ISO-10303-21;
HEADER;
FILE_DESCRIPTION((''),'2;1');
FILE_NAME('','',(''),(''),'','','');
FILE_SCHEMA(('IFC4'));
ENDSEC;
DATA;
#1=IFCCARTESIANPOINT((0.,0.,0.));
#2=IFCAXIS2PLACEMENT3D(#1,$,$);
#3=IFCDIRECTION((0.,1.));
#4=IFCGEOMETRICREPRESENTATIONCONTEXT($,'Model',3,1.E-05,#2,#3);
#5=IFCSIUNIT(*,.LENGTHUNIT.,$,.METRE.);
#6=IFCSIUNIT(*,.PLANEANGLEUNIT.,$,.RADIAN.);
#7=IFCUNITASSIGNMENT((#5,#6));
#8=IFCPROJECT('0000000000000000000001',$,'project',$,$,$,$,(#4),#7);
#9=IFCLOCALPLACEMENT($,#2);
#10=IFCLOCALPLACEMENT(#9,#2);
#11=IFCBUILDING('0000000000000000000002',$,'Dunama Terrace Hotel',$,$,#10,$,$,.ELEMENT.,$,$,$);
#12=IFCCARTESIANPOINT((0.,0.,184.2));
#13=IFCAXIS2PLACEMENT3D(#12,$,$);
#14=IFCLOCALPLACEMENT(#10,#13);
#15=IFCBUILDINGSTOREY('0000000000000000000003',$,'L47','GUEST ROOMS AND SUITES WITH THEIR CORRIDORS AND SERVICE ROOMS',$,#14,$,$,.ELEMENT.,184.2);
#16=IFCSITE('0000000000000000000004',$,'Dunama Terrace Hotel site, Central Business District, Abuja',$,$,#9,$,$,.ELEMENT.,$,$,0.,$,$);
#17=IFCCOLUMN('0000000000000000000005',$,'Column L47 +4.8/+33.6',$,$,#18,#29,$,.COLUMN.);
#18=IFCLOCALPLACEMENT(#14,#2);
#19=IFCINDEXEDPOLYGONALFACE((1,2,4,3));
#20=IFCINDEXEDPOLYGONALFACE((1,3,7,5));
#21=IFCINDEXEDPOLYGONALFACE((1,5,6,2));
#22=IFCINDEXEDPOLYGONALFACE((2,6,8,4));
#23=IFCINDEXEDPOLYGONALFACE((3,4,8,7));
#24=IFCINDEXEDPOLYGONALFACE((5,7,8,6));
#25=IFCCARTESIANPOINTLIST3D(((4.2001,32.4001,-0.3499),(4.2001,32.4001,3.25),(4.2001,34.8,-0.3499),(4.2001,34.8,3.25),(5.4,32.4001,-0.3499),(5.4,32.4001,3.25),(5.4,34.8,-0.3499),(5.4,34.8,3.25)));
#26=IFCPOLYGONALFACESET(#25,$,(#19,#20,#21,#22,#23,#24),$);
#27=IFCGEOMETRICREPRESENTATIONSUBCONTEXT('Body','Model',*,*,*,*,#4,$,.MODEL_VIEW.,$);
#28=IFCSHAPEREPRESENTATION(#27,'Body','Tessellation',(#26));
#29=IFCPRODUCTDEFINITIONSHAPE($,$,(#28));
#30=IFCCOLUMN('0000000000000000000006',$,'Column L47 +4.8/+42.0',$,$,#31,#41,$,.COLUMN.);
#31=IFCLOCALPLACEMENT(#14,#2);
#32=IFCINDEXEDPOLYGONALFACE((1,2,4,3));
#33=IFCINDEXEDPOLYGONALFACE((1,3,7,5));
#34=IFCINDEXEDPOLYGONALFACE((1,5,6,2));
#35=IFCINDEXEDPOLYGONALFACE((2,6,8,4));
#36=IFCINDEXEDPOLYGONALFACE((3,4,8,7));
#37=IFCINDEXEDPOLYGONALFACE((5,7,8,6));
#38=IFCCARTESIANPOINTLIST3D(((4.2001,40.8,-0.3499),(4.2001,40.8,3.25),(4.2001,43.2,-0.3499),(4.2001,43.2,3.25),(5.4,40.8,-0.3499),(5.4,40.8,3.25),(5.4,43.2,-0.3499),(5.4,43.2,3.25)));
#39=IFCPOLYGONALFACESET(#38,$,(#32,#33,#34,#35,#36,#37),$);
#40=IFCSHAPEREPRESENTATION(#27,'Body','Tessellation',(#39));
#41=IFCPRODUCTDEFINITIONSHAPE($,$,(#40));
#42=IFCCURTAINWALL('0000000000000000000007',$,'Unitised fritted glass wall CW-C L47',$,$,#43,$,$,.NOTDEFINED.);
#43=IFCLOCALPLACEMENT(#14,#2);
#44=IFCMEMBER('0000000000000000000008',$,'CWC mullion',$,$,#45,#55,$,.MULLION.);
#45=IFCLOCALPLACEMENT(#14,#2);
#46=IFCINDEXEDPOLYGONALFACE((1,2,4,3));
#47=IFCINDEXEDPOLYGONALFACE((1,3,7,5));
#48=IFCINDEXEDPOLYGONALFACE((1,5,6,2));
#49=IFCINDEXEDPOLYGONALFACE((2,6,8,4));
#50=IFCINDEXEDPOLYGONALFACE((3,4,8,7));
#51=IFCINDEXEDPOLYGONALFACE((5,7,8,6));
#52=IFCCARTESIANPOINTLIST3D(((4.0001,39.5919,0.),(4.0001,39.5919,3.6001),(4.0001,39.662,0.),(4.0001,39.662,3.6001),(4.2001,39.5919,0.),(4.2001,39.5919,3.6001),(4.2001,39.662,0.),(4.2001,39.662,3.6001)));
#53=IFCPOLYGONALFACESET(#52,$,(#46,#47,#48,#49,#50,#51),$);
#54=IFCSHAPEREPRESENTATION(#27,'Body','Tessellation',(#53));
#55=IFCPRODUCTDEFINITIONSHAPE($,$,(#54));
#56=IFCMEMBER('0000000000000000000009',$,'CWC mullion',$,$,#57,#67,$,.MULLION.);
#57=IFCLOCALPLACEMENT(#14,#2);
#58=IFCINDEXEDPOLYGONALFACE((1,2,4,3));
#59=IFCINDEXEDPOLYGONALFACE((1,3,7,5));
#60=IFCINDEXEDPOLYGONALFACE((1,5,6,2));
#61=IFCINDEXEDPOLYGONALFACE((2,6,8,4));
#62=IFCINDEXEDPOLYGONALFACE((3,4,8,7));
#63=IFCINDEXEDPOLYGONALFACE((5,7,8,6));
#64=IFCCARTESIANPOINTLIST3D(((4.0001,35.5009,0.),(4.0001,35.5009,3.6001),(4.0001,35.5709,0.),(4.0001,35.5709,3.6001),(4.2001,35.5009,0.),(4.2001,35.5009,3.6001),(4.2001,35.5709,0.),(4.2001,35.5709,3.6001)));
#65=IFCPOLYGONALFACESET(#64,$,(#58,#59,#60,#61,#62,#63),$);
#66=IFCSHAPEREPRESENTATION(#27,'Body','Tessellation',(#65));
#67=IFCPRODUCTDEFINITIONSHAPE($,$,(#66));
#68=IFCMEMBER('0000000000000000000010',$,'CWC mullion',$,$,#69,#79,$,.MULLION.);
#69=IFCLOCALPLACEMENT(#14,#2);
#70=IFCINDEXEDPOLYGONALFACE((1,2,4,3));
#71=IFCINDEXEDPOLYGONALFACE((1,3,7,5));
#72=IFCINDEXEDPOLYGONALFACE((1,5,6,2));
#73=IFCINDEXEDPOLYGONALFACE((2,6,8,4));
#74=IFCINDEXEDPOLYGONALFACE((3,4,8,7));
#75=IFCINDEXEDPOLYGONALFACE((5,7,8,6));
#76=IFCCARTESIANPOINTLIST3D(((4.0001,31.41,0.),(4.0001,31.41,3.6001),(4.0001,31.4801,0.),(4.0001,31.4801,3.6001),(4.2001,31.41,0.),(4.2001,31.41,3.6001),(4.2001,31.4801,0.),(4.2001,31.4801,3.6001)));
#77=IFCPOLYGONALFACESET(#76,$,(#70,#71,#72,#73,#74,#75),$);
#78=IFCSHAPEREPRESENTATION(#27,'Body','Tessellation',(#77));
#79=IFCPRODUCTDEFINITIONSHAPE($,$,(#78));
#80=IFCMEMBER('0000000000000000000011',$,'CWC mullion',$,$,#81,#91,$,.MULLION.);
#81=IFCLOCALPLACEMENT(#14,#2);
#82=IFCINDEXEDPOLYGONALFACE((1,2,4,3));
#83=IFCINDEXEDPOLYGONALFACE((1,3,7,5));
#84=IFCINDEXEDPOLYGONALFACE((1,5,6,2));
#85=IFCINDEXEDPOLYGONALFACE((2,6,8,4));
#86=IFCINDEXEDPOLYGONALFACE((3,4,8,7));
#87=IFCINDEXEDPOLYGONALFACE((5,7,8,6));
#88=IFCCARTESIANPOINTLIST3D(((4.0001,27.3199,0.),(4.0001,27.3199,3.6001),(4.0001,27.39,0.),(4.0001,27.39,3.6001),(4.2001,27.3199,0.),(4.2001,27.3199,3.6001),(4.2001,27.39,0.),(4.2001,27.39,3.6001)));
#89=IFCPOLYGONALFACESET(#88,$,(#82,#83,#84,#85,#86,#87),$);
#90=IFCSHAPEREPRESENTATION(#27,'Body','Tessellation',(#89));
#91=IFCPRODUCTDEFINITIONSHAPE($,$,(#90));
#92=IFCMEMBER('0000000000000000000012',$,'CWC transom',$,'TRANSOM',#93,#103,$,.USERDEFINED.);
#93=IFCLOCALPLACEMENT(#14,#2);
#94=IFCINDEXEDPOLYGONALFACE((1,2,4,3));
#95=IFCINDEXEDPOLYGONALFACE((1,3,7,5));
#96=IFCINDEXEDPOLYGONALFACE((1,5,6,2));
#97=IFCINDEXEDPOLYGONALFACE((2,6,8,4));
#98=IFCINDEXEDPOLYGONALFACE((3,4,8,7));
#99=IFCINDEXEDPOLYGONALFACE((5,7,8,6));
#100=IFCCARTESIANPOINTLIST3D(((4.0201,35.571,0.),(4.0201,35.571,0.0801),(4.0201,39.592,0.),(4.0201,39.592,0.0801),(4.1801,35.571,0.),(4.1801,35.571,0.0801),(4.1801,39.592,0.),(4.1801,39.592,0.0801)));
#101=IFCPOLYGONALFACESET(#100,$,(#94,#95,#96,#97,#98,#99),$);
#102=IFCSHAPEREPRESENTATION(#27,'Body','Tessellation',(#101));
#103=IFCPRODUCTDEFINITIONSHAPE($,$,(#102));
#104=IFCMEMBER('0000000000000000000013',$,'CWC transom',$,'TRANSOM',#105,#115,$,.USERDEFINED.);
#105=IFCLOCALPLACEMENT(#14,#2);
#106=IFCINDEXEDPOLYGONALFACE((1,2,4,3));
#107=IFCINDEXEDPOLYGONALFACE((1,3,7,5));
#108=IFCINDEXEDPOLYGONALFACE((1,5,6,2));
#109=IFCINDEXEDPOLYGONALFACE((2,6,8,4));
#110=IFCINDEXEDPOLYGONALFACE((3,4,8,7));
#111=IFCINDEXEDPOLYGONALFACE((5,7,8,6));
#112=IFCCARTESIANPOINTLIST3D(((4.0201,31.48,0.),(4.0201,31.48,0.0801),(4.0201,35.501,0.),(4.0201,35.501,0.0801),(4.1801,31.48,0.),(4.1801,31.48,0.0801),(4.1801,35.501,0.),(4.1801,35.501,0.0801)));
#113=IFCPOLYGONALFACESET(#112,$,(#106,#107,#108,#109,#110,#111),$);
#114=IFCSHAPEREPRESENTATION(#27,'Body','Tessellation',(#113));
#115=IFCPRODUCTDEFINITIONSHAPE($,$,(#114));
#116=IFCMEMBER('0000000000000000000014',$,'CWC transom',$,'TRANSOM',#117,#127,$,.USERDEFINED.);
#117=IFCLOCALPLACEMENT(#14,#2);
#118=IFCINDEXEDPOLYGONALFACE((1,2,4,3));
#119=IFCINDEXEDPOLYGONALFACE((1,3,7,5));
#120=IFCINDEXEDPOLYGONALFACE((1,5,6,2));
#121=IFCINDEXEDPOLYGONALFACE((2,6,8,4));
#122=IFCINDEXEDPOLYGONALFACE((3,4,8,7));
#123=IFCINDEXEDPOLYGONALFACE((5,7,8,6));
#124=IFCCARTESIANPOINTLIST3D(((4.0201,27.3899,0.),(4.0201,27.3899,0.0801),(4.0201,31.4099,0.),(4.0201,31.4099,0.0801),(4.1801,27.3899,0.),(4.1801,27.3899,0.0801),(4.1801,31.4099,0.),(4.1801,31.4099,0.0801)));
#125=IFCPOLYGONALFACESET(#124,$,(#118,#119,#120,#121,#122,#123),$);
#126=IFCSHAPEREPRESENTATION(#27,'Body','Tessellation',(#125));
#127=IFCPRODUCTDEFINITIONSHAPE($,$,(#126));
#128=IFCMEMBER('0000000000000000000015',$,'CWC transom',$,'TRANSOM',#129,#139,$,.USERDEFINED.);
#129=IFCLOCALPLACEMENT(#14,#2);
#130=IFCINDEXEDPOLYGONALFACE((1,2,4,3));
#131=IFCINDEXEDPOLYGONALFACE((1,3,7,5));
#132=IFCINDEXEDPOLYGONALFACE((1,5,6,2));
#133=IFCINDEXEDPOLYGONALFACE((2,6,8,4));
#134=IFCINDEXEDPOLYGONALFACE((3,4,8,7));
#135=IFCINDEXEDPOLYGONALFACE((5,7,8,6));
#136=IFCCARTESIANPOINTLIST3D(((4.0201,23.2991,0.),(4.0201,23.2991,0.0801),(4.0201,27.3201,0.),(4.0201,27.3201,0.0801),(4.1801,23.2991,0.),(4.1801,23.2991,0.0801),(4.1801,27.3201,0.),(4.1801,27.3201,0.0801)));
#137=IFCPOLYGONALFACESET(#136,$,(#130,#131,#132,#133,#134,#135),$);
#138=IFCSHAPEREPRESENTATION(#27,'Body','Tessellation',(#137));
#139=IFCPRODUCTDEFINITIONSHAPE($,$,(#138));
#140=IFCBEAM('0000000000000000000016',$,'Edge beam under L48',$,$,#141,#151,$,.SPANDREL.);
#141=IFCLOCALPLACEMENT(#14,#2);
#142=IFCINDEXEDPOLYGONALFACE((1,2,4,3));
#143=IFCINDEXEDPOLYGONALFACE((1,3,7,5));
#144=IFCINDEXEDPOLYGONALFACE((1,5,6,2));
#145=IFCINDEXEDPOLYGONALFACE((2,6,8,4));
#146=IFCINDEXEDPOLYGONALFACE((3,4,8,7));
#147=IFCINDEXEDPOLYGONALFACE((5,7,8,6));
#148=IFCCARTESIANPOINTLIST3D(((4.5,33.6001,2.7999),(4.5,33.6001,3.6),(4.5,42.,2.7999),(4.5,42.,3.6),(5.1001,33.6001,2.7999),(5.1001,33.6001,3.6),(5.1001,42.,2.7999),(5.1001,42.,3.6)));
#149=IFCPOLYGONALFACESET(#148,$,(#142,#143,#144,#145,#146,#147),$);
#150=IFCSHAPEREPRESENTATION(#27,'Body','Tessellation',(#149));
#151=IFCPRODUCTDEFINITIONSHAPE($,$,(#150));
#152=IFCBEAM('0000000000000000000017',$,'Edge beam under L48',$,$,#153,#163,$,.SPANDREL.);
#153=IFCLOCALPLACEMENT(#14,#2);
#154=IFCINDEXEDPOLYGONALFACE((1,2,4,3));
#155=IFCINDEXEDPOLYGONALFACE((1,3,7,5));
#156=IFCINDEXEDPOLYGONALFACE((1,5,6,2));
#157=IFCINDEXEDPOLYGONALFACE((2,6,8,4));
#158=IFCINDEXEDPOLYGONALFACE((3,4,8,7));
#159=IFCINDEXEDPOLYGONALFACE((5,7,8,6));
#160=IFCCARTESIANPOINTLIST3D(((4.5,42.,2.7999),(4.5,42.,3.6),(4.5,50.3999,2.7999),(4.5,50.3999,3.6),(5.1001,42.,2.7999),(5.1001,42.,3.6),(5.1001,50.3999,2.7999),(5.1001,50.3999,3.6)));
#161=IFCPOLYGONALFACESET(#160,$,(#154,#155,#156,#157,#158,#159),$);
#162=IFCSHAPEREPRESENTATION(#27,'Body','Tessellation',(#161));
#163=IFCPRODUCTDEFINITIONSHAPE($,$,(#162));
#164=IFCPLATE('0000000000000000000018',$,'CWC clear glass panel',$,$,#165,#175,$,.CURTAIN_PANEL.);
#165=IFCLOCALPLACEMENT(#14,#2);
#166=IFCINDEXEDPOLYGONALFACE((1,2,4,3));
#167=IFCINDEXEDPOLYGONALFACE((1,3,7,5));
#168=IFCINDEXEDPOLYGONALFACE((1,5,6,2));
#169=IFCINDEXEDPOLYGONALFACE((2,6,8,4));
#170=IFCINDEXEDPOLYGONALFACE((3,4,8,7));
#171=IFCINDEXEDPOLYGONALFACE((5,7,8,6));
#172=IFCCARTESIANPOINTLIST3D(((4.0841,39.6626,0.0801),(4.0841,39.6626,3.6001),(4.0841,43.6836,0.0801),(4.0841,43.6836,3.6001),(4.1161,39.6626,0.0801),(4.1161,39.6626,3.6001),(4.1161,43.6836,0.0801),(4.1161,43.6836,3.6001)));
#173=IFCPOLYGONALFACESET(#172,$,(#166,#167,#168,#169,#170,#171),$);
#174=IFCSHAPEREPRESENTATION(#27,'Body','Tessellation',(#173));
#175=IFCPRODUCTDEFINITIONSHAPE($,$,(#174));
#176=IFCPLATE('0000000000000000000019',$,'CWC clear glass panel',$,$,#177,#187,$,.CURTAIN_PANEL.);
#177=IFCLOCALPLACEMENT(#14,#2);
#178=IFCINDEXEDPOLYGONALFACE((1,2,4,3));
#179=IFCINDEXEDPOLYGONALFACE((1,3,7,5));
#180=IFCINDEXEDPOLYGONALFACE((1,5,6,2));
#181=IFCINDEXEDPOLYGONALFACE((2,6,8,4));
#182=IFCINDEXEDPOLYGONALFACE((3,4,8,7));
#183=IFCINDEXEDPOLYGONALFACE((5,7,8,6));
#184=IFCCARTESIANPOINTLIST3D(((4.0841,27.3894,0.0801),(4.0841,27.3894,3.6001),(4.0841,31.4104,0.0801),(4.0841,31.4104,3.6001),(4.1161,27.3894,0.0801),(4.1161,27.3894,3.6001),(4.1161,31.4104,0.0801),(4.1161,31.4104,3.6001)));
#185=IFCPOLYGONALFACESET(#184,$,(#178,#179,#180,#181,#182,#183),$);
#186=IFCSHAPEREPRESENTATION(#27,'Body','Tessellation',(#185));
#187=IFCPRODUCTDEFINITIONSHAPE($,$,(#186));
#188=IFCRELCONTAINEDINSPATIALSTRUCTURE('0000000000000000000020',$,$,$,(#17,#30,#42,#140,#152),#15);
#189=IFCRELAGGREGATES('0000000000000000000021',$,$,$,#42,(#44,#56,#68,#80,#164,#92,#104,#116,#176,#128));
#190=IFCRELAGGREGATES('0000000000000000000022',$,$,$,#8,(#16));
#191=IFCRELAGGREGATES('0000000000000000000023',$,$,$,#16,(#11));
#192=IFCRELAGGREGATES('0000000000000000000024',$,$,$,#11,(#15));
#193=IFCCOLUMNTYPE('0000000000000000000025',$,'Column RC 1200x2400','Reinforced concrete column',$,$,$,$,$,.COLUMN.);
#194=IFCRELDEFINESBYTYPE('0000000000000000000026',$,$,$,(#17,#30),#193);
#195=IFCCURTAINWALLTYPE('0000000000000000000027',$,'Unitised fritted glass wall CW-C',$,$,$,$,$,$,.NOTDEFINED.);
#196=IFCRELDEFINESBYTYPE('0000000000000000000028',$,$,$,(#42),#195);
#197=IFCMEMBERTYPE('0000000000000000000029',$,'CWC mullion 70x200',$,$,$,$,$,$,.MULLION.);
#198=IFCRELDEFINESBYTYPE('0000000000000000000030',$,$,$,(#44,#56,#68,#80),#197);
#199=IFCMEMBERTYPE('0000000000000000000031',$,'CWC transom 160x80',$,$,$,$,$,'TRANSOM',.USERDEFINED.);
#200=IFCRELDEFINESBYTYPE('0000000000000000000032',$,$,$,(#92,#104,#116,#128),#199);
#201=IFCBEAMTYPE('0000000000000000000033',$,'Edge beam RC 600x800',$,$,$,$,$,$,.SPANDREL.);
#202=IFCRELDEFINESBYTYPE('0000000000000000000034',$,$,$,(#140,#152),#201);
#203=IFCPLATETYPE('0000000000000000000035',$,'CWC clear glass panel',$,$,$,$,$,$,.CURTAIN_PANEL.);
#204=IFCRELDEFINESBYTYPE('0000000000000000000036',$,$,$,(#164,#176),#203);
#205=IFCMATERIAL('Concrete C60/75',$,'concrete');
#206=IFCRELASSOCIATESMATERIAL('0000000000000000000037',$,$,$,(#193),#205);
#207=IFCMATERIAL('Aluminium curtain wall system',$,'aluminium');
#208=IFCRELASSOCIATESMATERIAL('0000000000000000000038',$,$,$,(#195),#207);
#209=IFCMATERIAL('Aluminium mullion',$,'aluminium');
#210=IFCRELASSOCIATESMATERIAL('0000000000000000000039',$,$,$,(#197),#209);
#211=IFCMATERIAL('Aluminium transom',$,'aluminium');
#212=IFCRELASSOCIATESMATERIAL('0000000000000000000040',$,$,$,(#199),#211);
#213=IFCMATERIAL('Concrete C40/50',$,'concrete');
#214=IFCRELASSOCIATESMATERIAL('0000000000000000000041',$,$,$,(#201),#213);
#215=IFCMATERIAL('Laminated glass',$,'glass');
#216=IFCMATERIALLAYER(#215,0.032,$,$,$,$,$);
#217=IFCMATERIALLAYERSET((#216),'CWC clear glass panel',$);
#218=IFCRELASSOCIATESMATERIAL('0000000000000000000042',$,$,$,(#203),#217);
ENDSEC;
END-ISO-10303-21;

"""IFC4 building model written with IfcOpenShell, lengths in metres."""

from ifc_helpers import new_model, si_unit, direction, frame, origin, origin_2d, place, context, subcontext, project, spatial, rectangle, extrude, material, layer, layer_set, material_profile, profile_set, type_object, element, aggregate, save


model = new_model("IFC4")

# Units and contexts
model_context = context("Model", 3, precision=1e-05, world=origin(), true_north=direction((0.0, 1.0)))
body_context = subcontext(model_context, "Body", "Model", "MODEL_VIEW")
ifc_project = project(units=[si_unit("LENGTHUNIT", "METRE"), si_unit("PLANEANGLEUNIT", "RADIAN")], contexts=[model_context])

# Site, building, storey
site_placement = place(None, origin())
site = spatial("IfcSite", under=ifc_project, at=site_placement, Name="Dunama Terrace Hotel site, Central Business District, Abuja", CompositionType="ELEMENT", RefElevation=0.0)
building_placement = place(site_placement, origin())
building = spatial("IfcBuilding", under=site, at=building_placement, Name="Dunama Terrace Hotel", CompositionType="ELEMENT")
storey_placement = place(building_placement, frame((0.0, 0.0, 184.2)))
storey = spatial("IfcBuildingStorey", under=building, at=storey_placement, Name="L47", Description="GUEST ROOMS AND SUITES WITH THEIR CORRIDORS AND SERVICE ROOMS", CompositionType="ELEMENT", Elevation=184.2)

# Columns
ifc_material_1 = material(Name="Concrete C60/75", Category="concrete")
ifc_material_profile_1 = material_profile(ifc_material_1, rectangle(XDim=1.2, YDim=2.3999, at=origin_2d()), Name="RC 1200x2400")
ifc_profile_set_1 = profile_set([ifc_material_profile_1], Name="Concrete C60/75")
column_type = type_object("IfcColumnType", Name="Column RC 1200x2400", Description="Reinforced concrete column", PredefinedType="COLUMN", material=ifc_profile_set_1)
for number, where, z_axis, x_axis, name in (
    (1, (4.8, 33.6001, -0.3499), (0.0, 0.0, 1.0), (1.0, 0.0, 0.0), "Column L47 +4.8/+33.6"),
    (2, (4.8, 42.0, -0.3499), (0.0, 0.0, 1.0), (1.0, 0.0, 0.0), "Column L47 +4.8/+42.0"),
):
    element("IfcColumn", number, at=place(storey_placement, frame(where, z_axis=z_axis, x_axis=x_axis)), inside=storey, type_object=column_type, Name=name, PredefinedType="COLUMN", context=body_context, shape_type="SweptSolid", body=[
        extrude(rectangle(XDim=1.2, YDim=2.3999, at=origin_2d()), origin(), (0.0, 0.0, 1.0), 3.5999),
    ])

# Curtain wall, members
ifc_material_2 = material(Name="Aluminium curtain wall system", Category="aluminium")
curtain_wall_type = type_object("IfcCurtainWallType", Name="Unitised fritted glass wall CW-C", PredefinedType="NOTDEFINED", material=ifc_material_2)
curtain_wall_placement = place(storey_placement, origin())
curtain_wall = element("IfcCurtainWall", 3, at=curtain_wall_placement, inside=storey, type_object=curtain_wall_type, Name="Unitised fritted glass wall CW-C L47", PredefinedType="NOTDEFINED")
ifc_material_3 = material(Name="Aluminium mullion", Category="aluminium")
ifc_material_profile_2 = material_profile(ifc_material_3, rectangle(XDim=0.0701, YDim=0.2, at=origin_2d()), Name="CWC MULLION 70X200")
ifc_profile_set_2 = profile_set([ifc_material_profile_2], Name="Aluminium mullion")
member_type_1 = type_object("IfcMemberType", Name="CWC mullion 70x200", PredefinedType="MULLION", material=ifc_profile_set_2)
member_1_placement = place(storey_placement, frame((4.1001, 39.627, 0.0), z_axis=(0.0, 0.0, 1.0), x_axis=(0.0, -1.0, 0.0)))
member_1 = element("IfcMember", 4, at=member_1_placement, type_object=member_type_1, Name="CWC mullion", PredefinedType="MULLION", context=body_context, shape_type="SweptSolid", body=[
    extrude(rectangle(XDim=0.0701, YDim=0.2, at=origin_2d()), origin(), (0.0, 0.0, 1.0), 3.6001),
])
member_2_placement = place(storey_placement, frame((4.1001, 35.5359, 0.0), z_axis=(0.0, 0.0, 1.0), x_axis=(0.0, -1.0, 0.0)))
member_2 = element("IfcMember", 5, at=member_2_placement, type_object=member_type_1, Name="CWC mullion", PredefinedType="MULLION", context=body_context, shape_type="SweptSolid", body=[
    extrude(rectangle(XDim=0.0701, YDim=0.2, at=origin_2d()), origin(), (0.0, 0.0, 1.0), 3.6001),
])
member_3_placement = place(storey_placement, frame((4.1001, 31.4451, 0.0), z_axis=(0.0, 0.0, 1.0), x_axis=(0.0, -1.0, 0.0)))
member_3 = element("IfcMember", 6, at=member_3_placement, type_object=member_type_1, Name="CWC mullion", PredefinedType="MULLION", context=body_context, shape_type="SweptSolid", body=[
    extrude(rectangle(XDim=0.0701, YDim=0.2, at=origin_2d()), origin(), (0.0, 0.0, 1.0), 3.6001),
])
member_4_placement = place(storey_placement, frame((4.1001, 27.355, 0.0), z_axis=(0.0, 0.0, 1.0), x_axis=(0.0, -1.0, 0.0)))
member_4 = element("IfcMember", 7, at=member_4_placement, type_object=member_type_1, Name="CWC mullion", PredefinedType="MULLION", context=body_context, shape_type="SweptSolid", body=[
    extrude(rectangle(XDim=0.0701, YDim=0.2, at=origin_2d()), origin(), (0.0, 0.0, 1.0), 3.6001),
])
ifc_material_4 = material(Name="Aluminium transom", Category="aluminium")
ifc_material_profile_3 = material_profile(ifc_material_4, rectangle(XDim=0.1599, YDim=0.0801, at=origin_2d()), Name="CWC TRANSOM 160X80")
ifc_profile_set_3 = profile_set([ifc_material_profile_3], Name="Aluminium transom")
member_type_2 = type_object("IfcMemberType", Name="CWC transom 160x80", ElementType="TRANSOM", PredefinedType="USERDEFINED", material=ifc_profile_set_3)
member_5_placement = place(storey_placement, frame((4.1001, 39.592, 0.04), z_axis=(0.0, -1.0, 0.0), x_axis=(1.0, 0.0, 0.0)))
member_5 = element("IfcMember", 8, at=member_5_placement, type_object=member_type_2, Name="CWC transom", ObjectType="TRANSOM", PredefinedType="USERDEFINED", context=body_context, shape_type="SweptSolid", body=[
    extrude(rectangle(XDim=0.1599, YDim=0.0801, at=origin_2d()), origin(), (0.0, 0.0, 1.0), 4.021),
])
member_6_placement = place(storey_placement, frame((4.1001, 35.501, 0.04), z_axis=(0.0, -1.0, 0.0), x_axis=(1.0, 0.0, 0.0)))
member_6 = element("IfcMember", 9, at=member_6_placement, type_object=member_type_2, Name="CWC transom", ObjectType="TRANSOM", PredefinedType="USERDEFINED", context=body_context, shape_type="SweptSolid", body=[
    extrude(rectangle(XDim=0.1599, YDim=0.0801, at=origin_2d()), origin(), (0.0, 0.0, 1.0), 4.021),
])
member_7_placement = place(storey_placement, frame((4.1001, 31.4099, 0.04), z_axis=(0.0, -1.0, 0.0), x_axis=(1.0, 0.0, 0.0)))
member_7 = element("IfcMember", 10, at=member_7_placement, type_object=member_type_2, Name="CWC transom", ObjectType="TRANSOM", PredefinedType="USERDEFINED", context=body_context, shape_type="SweptSolid", body=[
    extrude(rectangle(XDim=0.1599, YDim=0.0801, at=origin_2d()), origin(), (0.0, 0.0, 1.0), 4.02),
])
member_8_placement = place(storey_placement, frame((4.1001, 27.3201, 0.04), z_axis=(0.0, -1.0, 0.0), x_axis=(1.0, 0.0, 0.0)))
member_8 = element("IfcMember", 11, at=member_8_placement, type_object=member_type_2, Name="CWC transom", ObjectType="TRANSOM", PredefinedType="USERDEFINED", context=body_context, shape_type="SweptSolid", body=[
    extrude(rectangle(XDim=0.1599, YDim=0.0801, at=origin_2d()), origin(), (0.0, 0.0, 1.0), 4.021),
])

# Beams
ifc_material_5 = material(Name="Concrete C40/50", Category="concrete")
ifc_material_profile_4 = material_profile(ifc_material_5, rectangle(XDim=0.6001, YDim=0.8, at=origin_2d()), Name="RC 600x800")
ifc_profile_set_4 = profile_set([ifc_material_profile_4], Name="Concrete C40/50")
beam_type = type_object("IfcBeamType", Name="Edge beam RC 600x800", PredefinedType="SPANDREL", material=ifc_profile_set_4)
for number, where, z_axis, x_axis, name in (
    (12, (4.8, 33.6001, 3.2), (0.0, 1.0, 0.0), (-1.0, 0.0, 0.0), "Edge beam under L48"),
    (13, (4.8, 42.0, 3.2), (0.0, 1.0, 0.0), (-1.0, 0.0, 0.0), "Edge beam under L48"),
):
    element("IfcBeam", number, at=place(storey_placement, frame(where, z_axis=z_axis, x_axis=x_axis)), inside=storey, type_object=beam_type, Name=name, PredefinedType="SPANDREL", context=body_context, shape_type="SweptSolid", body=[
        extrude(rectangle(XDim=0.6001, YDim=0.8, at=origin_2d()), origin(), (0.0, 0.0, 1.0), 8.3999),
    ])

# Plates
ifc_material_6 = material(Name="Laminated glass", Category="glass")
ifc_layer_1 = layer(ifc_material_6, 0.032)
ifc_layer_set_1 = layer_set([ifc_layer_1], Name="CWC clear glass panel")
plate_type_1 = type_object("IfcPlateType", Name="CWC clear glass panel", PredefinedType="CURTAIN_PANEL", material=ifc_layer_set_1)
plate_1_placement = place(storey_placement, frame((4.1001, 41.6731, 0.0801), z_axis=(0.0, 0.0, 1.0), x_axis=(0.0, -1.0, 0.0)))
plate_1 = element("IfcPlate", 14, at=plate_1_placement, type_object=plate_type_1, Name="CWC clear glass panel", PredefinedType="CURTAIN_PANEL", context=body_context, shape_type="SweptSolid", body=[
    extrude(rectangle(XDim=4.021, YDim=0.032, at=origin_2d()), origin(), (0.0, 0.0, 1.0), 3.52),
])
plate_2_placement = place(storey_placement, frame((4.1001, 29.3999, 0.0801), z_axis=(0.0, 0.0, 1.0), x_axis=(0.0, -1.0, 0.0)))
plate_2 = element("IfcPlate", 15, at=plate_2_placement, type_object=plate_type_1, Name="CWC clear glass panel", PredefinedType="CURTAIN_PANEL", context=body_context, shape_type="SweptSolid", body=[
    extrude(rectangle(XDim=4.021, YDim=0.032, at=origin_2d()), origin(), (0.0, 0.0, 1.0), 3.52),
])
aggregate(curtain_wall, [member_1, member_2, member_3, member_4, plate_1, member_5, member_6, member_7, plate_2, member_8])

save(model, "model.ifc")
